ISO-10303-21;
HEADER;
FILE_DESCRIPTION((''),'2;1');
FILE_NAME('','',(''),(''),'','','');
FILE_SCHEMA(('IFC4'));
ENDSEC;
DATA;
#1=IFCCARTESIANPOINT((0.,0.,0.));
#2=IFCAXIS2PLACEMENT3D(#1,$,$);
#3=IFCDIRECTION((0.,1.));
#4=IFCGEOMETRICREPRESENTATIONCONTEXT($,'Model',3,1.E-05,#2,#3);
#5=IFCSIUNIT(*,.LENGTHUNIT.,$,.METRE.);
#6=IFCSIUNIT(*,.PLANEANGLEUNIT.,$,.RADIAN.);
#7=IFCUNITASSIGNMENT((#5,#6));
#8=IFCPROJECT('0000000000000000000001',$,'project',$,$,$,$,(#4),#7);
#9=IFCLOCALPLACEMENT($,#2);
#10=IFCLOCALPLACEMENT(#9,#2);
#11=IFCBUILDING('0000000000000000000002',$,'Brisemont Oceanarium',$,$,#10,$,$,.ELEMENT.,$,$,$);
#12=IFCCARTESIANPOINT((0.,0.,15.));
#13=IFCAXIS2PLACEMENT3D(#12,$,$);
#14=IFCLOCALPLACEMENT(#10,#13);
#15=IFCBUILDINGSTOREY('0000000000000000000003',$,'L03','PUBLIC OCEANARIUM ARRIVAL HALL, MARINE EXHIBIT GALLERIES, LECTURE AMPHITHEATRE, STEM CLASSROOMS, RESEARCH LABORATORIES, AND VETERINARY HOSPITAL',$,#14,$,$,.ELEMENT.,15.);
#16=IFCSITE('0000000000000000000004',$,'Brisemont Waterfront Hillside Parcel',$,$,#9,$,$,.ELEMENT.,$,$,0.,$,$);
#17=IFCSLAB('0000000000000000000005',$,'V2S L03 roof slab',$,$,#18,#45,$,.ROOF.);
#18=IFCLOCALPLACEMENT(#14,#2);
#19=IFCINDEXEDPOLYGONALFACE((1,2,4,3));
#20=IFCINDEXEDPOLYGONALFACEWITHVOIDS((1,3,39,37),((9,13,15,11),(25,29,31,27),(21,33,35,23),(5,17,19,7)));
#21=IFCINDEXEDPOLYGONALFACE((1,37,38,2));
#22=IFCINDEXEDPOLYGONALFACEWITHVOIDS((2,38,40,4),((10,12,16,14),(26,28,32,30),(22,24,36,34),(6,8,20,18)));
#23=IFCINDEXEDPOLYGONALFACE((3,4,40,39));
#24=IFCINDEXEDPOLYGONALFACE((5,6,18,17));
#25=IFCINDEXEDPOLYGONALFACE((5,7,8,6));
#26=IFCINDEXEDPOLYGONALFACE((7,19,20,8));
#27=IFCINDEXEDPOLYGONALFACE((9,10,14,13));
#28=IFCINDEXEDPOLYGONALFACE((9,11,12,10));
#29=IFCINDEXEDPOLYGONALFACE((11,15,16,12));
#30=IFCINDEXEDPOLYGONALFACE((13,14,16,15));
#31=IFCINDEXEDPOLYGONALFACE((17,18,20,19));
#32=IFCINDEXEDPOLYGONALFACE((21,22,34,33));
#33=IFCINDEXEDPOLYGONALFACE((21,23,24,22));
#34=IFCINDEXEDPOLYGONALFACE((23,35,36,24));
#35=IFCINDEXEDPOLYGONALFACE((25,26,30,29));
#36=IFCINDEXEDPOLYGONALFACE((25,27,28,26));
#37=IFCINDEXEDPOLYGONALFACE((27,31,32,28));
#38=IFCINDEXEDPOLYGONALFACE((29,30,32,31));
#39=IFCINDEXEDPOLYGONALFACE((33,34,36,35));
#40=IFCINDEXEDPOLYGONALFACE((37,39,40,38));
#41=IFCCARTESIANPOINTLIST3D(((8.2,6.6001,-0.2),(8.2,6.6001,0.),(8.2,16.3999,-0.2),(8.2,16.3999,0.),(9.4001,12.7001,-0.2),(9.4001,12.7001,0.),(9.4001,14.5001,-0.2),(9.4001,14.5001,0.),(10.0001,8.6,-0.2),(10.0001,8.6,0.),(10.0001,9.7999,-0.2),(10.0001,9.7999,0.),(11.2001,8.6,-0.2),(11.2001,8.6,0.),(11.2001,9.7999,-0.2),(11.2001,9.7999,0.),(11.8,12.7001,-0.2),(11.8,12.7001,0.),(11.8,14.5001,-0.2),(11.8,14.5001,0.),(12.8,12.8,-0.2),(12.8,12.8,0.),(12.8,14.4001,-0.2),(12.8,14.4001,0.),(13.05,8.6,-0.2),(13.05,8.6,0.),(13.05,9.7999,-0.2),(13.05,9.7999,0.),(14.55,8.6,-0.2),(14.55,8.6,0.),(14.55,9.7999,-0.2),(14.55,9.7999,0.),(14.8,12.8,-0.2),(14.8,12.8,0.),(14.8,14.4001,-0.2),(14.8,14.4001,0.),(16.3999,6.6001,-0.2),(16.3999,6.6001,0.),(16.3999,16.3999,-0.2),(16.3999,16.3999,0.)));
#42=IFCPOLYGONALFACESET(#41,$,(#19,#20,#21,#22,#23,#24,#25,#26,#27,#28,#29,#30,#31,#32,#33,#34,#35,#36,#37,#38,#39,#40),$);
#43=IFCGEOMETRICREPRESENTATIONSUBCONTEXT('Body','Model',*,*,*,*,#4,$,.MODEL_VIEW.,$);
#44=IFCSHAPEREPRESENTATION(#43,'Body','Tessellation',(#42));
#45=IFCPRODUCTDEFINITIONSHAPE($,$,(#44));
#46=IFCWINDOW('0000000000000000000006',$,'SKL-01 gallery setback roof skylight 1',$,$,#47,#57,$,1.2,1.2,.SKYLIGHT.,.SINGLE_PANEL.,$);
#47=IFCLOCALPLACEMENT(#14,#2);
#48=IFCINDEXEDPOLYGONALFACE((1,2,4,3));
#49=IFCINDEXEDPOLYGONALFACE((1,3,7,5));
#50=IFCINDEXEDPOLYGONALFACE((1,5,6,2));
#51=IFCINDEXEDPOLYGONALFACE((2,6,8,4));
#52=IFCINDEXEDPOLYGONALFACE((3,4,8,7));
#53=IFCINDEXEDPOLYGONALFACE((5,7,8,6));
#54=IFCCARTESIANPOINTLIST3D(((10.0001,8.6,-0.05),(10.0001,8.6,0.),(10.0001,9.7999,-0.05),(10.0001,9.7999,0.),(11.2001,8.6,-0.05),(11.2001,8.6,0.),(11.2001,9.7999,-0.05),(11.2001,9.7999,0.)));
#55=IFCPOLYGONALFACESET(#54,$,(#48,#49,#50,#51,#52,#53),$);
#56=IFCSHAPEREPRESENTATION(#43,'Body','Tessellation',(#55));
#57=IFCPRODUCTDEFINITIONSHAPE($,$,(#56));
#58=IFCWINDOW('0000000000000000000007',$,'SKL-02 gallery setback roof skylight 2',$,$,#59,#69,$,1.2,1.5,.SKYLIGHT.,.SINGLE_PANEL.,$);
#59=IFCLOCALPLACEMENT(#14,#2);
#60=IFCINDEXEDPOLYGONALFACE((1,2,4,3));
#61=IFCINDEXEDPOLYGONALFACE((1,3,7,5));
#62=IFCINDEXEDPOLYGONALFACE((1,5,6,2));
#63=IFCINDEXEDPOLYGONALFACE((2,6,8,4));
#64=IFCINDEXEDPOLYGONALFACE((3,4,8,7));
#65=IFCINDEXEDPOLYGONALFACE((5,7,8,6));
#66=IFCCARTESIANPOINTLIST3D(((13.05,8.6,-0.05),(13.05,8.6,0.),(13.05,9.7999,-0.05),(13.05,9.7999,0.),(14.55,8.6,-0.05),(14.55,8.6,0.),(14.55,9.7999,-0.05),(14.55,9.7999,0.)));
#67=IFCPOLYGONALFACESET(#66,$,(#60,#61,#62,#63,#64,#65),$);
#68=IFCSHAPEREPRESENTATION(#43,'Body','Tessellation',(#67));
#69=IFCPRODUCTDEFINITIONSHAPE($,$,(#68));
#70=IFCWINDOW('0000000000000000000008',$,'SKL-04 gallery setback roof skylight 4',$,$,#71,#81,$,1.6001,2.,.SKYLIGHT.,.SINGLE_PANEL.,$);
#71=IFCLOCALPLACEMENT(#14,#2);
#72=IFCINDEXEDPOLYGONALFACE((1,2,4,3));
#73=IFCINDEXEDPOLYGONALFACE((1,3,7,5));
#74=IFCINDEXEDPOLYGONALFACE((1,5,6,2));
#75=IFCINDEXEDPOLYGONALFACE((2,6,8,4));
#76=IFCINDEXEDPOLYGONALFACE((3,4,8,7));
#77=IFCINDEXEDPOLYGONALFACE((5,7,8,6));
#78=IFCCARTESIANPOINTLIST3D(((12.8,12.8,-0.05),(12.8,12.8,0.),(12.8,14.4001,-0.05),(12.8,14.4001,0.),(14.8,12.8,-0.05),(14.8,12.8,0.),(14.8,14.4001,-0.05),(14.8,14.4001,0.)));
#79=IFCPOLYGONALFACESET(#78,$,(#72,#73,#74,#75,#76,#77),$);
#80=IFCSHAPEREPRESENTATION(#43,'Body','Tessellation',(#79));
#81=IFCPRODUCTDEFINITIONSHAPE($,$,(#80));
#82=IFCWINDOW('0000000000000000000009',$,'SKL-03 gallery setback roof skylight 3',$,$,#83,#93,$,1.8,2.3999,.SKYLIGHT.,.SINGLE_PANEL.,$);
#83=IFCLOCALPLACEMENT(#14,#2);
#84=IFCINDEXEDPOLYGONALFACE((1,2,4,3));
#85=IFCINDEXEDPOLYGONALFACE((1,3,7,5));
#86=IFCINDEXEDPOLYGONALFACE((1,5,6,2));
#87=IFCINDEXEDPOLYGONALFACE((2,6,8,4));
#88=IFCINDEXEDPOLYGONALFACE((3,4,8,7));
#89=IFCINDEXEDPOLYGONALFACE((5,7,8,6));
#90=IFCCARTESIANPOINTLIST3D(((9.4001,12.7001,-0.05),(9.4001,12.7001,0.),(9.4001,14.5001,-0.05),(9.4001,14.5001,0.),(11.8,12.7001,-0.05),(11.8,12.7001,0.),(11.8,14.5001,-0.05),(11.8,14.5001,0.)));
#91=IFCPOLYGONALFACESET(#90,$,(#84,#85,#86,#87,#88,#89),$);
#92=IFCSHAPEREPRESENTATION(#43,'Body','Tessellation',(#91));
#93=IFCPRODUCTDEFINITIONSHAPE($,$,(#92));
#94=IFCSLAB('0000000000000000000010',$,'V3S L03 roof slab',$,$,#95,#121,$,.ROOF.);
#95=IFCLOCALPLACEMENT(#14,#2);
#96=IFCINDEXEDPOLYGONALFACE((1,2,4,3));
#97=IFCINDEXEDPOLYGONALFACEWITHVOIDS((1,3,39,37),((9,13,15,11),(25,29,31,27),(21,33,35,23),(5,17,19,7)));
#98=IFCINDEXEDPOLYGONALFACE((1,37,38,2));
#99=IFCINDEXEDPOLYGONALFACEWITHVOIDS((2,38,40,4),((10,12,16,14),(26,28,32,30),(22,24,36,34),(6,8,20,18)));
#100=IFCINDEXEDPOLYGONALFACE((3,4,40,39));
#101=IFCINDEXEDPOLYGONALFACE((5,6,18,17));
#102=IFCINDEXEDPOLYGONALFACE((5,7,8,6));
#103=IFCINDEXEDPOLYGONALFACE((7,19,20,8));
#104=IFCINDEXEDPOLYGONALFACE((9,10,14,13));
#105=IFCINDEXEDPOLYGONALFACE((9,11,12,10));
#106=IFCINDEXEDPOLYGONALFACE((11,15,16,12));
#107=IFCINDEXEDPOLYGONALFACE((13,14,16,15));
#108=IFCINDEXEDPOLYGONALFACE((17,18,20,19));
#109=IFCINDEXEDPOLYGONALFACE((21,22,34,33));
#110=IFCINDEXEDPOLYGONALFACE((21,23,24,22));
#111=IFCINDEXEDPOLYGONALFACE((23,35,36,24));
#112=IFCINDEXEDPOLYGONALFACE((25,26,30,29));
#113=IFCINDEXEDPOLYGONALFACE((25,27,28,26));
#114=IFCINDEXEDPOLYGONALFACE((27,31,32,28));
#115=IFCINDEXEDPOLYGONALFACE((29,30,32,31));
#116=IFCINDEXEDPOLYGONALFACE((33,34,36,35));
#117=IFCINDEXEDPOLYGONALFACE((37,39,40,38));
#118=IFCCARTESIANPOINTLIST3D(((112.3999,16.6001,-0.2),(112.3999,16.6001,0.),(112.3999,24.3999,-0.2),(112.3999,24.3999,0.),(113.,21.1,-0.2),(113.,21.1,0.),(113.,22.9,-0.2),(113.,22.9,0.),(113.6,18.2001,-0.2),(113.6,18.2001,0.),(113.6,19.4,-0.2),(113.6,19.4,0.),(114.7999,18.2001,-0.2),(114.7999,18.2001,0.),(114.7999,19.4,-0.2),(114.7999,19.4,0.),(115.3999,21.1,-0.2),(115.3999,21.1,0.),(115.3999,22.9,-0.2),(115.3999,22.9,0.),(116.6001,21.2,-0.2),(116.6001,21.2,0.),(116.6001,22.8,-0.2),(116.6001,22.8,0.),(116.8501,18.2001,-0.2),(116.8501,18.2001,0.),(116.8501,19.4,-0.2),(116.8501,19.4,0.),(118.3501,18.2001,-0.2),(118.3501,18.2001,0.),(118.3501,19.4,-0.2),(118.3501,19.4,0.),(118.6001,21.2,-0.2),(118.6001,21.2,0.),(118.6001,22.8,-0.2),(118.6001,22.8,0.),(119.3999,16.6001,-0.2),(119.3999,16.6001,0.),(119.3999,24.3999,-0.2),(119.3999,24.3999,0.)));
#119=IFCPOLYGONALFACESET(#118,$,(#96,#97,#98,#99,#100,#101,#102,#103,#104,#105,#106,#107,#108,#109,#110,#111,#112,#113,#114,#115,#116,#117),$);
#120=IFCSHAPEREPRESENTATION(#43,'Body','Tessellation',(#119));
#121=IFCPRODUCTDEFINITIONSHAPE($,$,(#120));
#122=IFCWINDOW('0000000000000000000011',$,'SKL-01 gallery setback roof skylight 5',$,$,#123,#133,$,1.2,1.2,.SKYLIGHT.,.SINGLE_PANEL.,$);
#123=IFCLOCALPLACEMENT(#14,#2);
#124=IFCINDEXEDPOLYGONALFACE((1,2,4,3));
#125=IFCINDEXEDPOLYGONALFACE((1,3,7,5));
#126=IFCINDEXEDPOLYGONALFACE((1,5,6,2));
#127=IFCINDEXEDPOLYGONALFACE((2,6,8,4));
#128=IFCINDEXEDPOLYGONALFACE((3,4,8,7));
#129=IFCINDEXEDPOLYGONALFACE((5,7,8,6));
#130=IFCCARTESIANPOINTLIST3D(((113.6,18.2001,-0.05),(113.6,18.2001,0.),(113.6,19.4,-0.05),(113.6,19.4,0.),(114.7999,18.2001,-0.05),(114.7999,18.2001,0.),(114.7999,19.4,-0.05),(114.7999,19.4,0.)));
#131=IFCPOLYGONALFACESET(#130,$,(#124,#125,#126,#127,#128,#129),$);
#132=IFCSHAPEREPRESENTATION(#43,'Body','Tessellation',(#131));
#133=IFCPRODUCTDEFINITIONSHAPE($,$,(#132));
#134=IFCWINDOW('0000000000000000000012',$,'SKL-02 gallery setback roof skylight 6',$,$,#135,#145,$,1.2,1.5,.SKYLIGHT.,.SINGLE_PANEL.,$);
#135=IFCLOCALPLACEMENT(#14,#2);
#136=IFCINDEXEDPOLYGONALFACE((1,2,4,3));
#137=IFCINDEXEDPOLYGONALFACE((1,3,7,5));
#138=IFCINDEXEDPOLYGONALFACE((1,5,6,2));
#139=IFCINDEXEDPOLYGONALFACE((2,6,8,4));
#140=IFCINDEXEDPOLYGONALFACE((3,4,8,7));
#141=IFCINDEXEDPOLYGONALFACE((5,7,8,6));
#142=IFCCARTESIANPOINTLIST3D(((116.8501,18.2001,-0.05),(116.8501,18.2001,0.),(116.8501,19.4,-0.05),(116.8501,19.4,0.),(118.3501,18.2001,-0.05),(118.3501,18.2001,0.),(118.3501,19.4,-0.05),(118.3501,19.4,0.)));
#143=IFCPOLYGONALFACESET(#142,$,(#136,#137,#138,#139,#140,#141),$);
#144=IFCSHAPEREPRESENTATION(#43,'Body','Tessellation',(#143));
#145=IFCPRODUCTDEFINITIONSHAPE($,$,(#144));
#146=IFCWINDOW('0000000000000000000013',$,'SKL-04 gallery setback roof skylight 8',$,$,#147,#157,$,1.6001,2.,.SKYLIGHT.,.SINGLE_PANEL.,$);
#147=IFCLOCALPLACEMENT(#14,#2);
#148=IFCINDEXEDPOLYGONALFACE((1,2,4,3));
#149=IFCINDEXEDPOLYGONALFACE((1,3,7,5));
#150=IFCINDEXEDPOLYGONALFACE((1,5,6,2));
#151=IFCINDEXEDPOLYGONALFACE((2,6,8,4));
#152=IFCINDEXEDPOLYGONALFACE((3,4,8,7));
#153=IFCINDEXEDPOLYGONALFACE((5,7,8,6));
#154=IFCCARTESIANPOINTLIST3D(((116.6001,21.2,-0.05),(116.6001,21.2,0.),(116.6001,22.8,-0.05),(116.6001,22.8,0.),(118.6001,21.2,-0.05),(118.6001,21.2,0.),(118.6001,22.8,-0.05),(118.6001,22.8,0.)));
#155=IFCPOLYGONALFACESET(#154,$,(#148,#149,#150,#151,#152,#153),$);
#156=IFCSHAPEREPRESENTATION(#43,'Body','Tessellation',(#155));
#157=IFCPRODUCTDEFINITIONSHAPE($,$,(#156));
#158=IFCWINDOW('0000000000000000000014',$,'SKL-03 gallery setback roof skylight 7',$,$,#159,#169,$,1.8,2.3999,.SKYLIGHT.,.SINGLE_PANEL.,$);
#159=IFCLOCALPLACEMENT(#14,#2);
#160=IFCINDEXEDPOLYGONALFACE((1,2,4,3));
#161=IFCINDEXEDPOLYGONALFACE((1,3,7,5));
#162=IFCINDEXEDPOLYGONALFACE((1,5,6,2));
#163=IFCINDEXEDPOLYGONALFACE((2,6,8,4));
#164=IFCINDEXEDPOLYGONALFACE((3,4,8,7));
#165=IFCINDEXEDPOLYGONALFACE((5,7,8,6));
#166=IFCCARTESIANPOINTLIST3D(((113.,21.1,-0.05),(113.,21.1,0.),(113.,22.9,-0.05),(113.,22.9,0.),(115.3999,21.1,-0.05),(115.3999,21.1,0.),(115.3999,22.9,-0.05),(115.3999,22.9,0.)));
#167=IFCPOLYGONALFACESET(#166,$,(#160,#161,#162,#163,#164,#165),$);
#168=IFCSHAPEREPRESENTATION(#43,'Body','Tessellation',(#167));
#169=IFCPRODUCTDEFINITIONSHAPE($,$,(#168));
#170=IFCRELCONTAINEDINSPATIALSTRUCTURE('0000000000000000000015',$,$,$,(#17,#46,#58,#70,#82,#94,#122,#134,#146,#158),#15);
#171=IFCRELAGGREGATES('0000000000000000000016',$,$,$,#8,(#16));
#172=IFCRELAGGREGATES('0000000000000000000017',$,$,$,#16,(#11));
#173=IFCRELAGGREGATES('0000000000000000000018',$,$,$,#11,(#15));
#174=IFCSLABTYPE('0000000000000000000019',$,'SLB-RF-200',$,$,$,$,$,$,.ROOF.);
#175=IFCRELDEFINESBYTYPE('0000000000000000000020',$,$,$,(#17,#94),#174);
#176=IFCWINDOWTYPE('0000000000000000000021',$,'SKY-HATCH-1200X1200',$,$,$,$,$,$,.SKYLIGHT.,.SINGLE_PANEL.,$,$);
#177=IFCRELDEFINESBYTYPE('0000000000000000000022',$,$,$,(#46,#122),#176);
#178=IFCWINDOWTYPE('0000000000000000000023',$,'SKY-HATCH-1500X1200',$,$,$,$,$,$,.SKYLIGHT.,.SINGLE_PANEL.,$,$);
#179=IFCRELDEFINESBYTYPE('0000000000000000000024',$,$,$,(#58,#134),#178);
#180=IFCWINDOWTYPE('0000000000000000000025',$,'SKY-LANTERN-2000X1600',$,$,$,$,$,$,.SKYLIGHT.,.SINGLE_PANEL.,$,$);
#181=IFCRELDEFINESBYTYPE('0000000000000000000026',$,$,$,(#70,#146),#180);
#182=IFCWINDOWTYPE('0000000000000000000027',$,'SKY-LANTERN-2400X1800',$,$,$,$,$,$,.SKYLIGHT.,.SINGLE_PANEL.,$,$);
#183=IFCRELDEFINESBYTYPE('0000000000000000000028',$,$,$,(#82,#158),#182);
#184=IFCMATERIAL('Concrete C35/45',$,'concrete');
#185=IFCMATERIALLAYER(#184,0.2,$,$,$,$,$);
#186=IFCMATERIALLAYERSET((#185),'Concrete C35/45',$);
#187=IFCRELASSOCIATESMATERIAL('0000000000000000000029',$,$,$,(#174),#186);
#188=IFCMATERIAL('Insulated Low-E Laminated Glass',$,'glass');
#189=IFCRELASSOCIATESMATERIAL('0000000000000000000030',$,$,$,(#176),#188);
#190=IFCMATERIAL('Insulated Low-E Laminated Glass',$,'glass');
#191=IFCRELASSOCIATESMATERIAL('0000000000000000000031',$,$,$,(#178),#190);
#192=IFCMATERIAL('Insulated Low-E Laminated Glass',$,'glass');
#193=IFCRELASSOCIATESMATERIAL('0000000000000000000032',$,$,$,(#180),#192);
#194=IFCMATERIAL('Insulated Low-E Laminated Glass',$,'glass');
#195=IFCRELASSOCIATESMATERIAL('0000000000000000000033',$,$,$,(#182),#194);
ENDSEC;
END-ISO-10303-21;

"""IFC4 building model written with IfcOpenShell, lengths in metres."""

from ifc_helpers import new_model, si_unit, direction, frame, origin, origin_2d, place, context, subcontext, project, spatial, polyline, rectangle, outline, extrude, material, layer, layer_set, type_object, element, fill, save


model = new_model("IFC4")

# Units and contexts
model_context = context("Model", 3, precision=1e-05, world=origin(), true_north=direction((0.0, 1.0)))
body_context = subcontext(model_context, "Body", "Model", "MODEL_VIEW")
ifc_project = project(units=[si_unit("LENGTHUNIT", "METRE"), si_unit("PLANEANGLEUNIT", "RADIAN")], contexts=[model_context])

# Site, building, storey
site_placement = place(None, origin())
site = spatial("IfcSite", under=ifc_project, at=site_placement, Name="Brisemont Waterfront Hillside Parcel", CompositionType="ELEMENT", RefElevation=0.0)
building_placement = place(site_placement, origin())
building = spatial("IfcBuilding", under=site, at=building_placement, Name="Brisemont Oceanarium", CompositionType="ELEMENT")
storey_placement = place(building_placement, frame((0.0, 0.0, 15.0)))
storey = spatial("IfcBuildingStorey", under=building, at=storey_placement, Name="L03", Description="PUBLIC OCEANARIUM ARRIVAL HALL, MARINE EXHIBIT GALLERIES, LECTURE AMPHITHEATRE, STEM CLASSROOMS, RESEARCH LABORATORIES, AND VETERINARY HOSPITAL", CompositionType="ELEMENT", Elevation=15.0)

# Slabs, openings, windows
ifc_material_1 = material(Name="Concrete C35/45", Category="concrete")
ifc_layer_1 = layer(ifc_material_1, 0.2)
ifc_layer_set_1 = layer_set([ifc_layer_1], Name="Concrete C35/45")
slab_type_1 = type_object("IfcSlabType", Name="SLB-RF-200", PredefinedType="ROOF", material=ifc_layer_set_1)
slab_1_placement = place(storey_placement, frame((0.0, 0.0, -0.2)))
slab_1 = element("IfcSlab", 1, at=slab_1_placement, inside=storey, type_object=slab_type_1, Name="V2S L03 roof slab", PredefinedType="ROOF", context=body_context, shape_type="SweptSolid", body=[
    extrude(outline(polyline([(8.2, 6.6001), (16.3999, 6.6001), (16.3999, 16.3999), (8.2, 16.3999), (8.2, 6.6001)])), origin(), (0.0, 0.0, 1.0), 0.2),
])
opening_1_placement = place(slab_1_placement, frame((10.6001, 9.2, 0.0)))
opening_1 = element("IfcOpeningElement", 2, at=opening_1_placement, cuts=slab_1, PredefinedType="OPENING", context=body_context, shape_type="SweptSolid", body=[
    extrude(rectangle(XDim=1.2, YDim=1.2, at=origin_2d()), origin(), (0.0, 0.0, 1.0), 0.2),
])
opening_2_placement = place(slab_1_placement, frame((13.8, 9.2, 0.0)))
opening_2 = element("IfcOpeningElement", 3, at=opening_2_placement, cuts=slab_1, PredefinedType="OPENING", context=body_context, shape_type="SweptSolid", body=[
    extrude(rectangle(XDim=1.5, YDim=1.2, at=origin_2d()), origin(), (0.0, 0.0, 1.0), 0.2),
])
opening_3_placement = place(slab_1_placement, frame((10.6001, 13.6001, 0.0)))
opening_3 = element("IfcOpeningElement", 4, at=opening_3_placement, cuts=slab_1, PredefinedType="OPENING", context=body_context, shape_type="SweptSolid", body=[
    extrude(rectangle(XDim=2.3999, YDim=1.8, at=origin_2d()), origin(), (0.0, 0.0, 1.0), 0.2),
])
opening_4_placement = place(slab_1_placement, frame((13.8, 13.6001, 0.0)))
opening_4 = element("IfcOpeningElement", 5, at=opening_4_placement, cuts=slab_1, PredefinedType="OPENING", context=body_context, shape_type="SweptSolid", body=[
    extrude(rectangle(XDim=2.0, YDim=1.6001, at=origin_2d()), origin(), (0.0, 0.0, 1.0), 0.2),
])
ifc_material_2 = material(Name="Insulated Low-E Laminated Glass", Category="glass")
window_type_1 = type_object("IfcWindowType", Name="SKY-HATCH-1200X1200", PartitioningType="SINGLE_PANEL", PredefinedType="SKYLIGHT", material=ifc_material_2)
window_1_placement = place(opening_1_placement, frame((0.0, 0.0, 0.1499)))
window_1 = element("IfcWindow", 6, at=window_1_placement, inside=storey, type_object=window_type_1, Name="SKL-01 gallery setback roof skylight 1", OverallHeight=1.2, OverallWidth=1.2, PartitioningType="SINGLE_PANEL", PredefinedType="SKYLIGHT", context=body_context, shape_type="SweptSolid", body=[
    extrude(rectangle(XDim=1.2, YDim=1.2, at=origin_2d()), origin(), (0.0, 0.0, 1.0), 0.05),
])
fill(opening_1, window_1)
ifc_material_3 = material(Name="Insulated Low-E Laminated Glass", Category="glass")
window_type_2 = type_object("IfcWindowType", Name="SKY-HATCH-1500X1200", PartitioningType="SINGLE_PANEL", PredefinedType="SKYLIGHT", material=ifc_material_3)
window_2_placement = place(opening_2_placement, frame((0.0, 0.0, 0.1499)))
window_2 = element("IfcWindow", 7, at=window_2_placement, inside=storey, type_object=window_type_2, Name="SKL-02 gallery setback roof skylight 2", OverallHeight=1.2, OverallWidth=1.5, PartitioningType="SINGLE_PANEL", PredefinedType="SKYLIGHT", context=body_context, shape_type="SweptSolid", body=[
    extrude(rectangle(XDim=1.5, YDim=1.2, at=origin_2d()), origin(), (0.0, 0.0, 1.0), 0.05),
])
fill(opening_2, window_2)
ifc_material_4 = material(Name="Insulated Low-E Laminated Glass", Category="glass")
window_type_3 = type_object("IfcWindowType", Name="SKY-LANTERN-2000X1600", PartitioningType="SINGLE_PANEL", PredefinedType="SKYLIGHT", material=ifc_material_4)
window_3_placement = place(opening_4_placement, frame((0.0, 0.0, 0.1499)))
window_3 = element("IfcWindow", 8, at=window_3_placement, inside=storey, type_object=window_type_3, Name="SKL-04 gallery setback roof skylight 4", OverallHeight=1.6001, OverallWidth=2.0, PartitioningType="SINGLE_PANEL", PredefinedType="SKYLIGHT", context=body_context, shape_type="SweptSolid", body=[
    extrude(rectangle(XDim=2.0, YDim=1.6001, at=origin_2d()), origin(), (0.0, 0.0, 1.0), 0.05),
])
fill(opening_4, window_3)
ifc_material_5 = material(Name="Insulated Low-E Laminated Glass", Category="glass")
window_type_4 = type_object("IfcWindowType", Name="SKY-LANTERN-2400X1800", PartitioningType="SINGLE_PANEL", PredefinedType="SKYLIGHT", material=ifc_material_5)
window_4_placement = place(opening_3_placement, frame((0.0, 0.0, 0.1499)))
window_4 = element("IfcWindow", 9, at=window_4_placement, inside=storey, type_object=window_type_4, Name="SKL-03 gallery setback roof skylight 3", OverallHeight=1.8, OverallWidth=2.3999, PartitioningType="SINGLE_PANEL", PredefinedType="SKYLIGHT", context=body_context, shape_type="SweptSolid", body=[
    extrude(rectangle(XDim=2.3999, YDim=1.8, at=origin_2d()), origin(), (0.0, 0.0, 1.0), 0.05),
])
fill(opening_3, window_4)
slab_2_placement = place(storey_placement, frame((0.0, 0.0, -0.2)))
slab_2 = element("IfcSlab", 10, at=slab_2_placement, inside=storey, type_object=slab_type_1, Name="V3S L03 roof slab", PredefinedType="ROOF", context=body_context, shape_type="SweptSolid", body=[
    extrude(outline(polyline([(112.3999, 16.6001), (119.3999, 16.6001), (119.3999, 24.3999), (112.3999, 24.3999), (112.3999, 16.6001)])), origin(), (0.0, 0.0, 1.0), 0.2),
])
opening_5_placement = place(slab_2_placement, frame((114.2, 18.8, 0.0)))
opening_5 = element("IfcOpeningElement", 11, at=opening_5_placement, cuts=slab_2, PredefinedType="OPENING", context=body_context, shape_type="SweptSolid", body=[
    extrude(rectangle(XDim=1.2, YDim=1.2, at=origin_2d()), origin(), (0.0, 0.0, 1.0), 0.2),
])
opening_6_placement = place(slab_2_placement, frame((117.6001, 18.8, 0.0)))
opening_6 = element("IfcOpeningElement", 12, at=opening_6_placement, cuts=slab_2, PredefinedType="OPENING", context=body_context, shape_type="SweptSolid", body=[
    extrude(rectangle(XDim=1.5, YDim=1.2, at=origin_2d()), origin(), (0.0, 0.0, 1.0), 0.2),
])
opening_7_placement = place(slab_2_placement, frame((114.2, 22.0, 0.0)))
opening_7 = element("IfcOpeningElement", 13, at=opening_7_placement, cuts=slab_2, PredefinedType="OPENING", context=body_context, shape_type="SweptSolid", body=[
    extrude(rectangle(XDim=2.3999, YDim=1.8, at=origin_2d()), origin(), (0.0, 0.0, 1.0), 0.2),
])
opening_8_placement = place(slab_2_placement, frame((117.6001, 22.0, 0.0)))
opening_8 = element("IfcOpeningElement", 14, at=opening_8_placement, cuts=slab_2, PredefinedType="OPENING", context=body_context, shape_type="SweptSolid", body=[
    extrude(rectangle(XDim=2.0, YDim=1.6001, at=origin_2d()), origin(), (0.0, 0.0, 1.0), 0.2),
])
window_5_placement = place(opening_5_placement, frame((0.0, 0.0, 0.1499)))
window_5 = element("IfcWindow", 15, at=window_5_placement, inside=storey, type_object=window_type_1, Name="SKL-01 gallery setback roof skylight 5", OverallHeight=1.2, OverallWidth=1.2, PartitioningType="SINGLE_PANEL", PredefinedType="SKYLIGHT", context=body_context, shape_type="SweptSolid", body=[
    extrude(rectangle(XDim=1.2, YDim=1.2, at=origin_2d()), origin(), (0.0, 0.0, 1.0), 0.05),
])
fill(opening_5, window_5)
window_6_placement = place(opening_6_placement, frame((0.0, 0.0, 0.1499)))
window_6 = element("IfcWindow", 16, at=window_6_placement, inside=storey, type_object=window_type_2, Name="SKL-02 gallery setback roof skylight 6", OverallHeight=1.2, OverallWidth=1.5, PartitioningType="SINGLE_PANEL", PredefinedType="SKYLIGHT", context=body_context, shape_type="SweptSolid", body=[
    extrude(rectangle(XDim=1.5, YDim=1.2, at=origin_2d()), origin(), (0.0, 0.0, 1.0), 0.05),
])
fill(opening_6, window_6)
window_7_placement = place(opening_8_placement, frame((0.0, 0.0, 0.1499)))
window_7 = element("IfcWindow", 17, at=window_7_placement, inside=storey, type_object=window_type_3, Name="SKL-04 gallery setback roof skylight 8", OverallHeight=1.6001, OverallWidth=2.0, PartitioningType="SINGLE_PANEL", PredefinedType="SKYLIGHT", context=body_context, shape_type="SweptSolid", body=[
    extrude(rectangle(XDim=2.0, YDim=1.6001, at=origin_2d()), origin(), (0.0, 0.0, 1.0), 0.05),
])
fill(opening_8, window_7)
window_8_placement = place(opening_7_placement, frame((0.0, 0.0, 0.1499)))
window_8 = element("IfcWindow", 18, at=window_8_placement, inside=storey, type_object=window_type_4, Name="SKL-03 gallery setback roof skylight 7", OverallHeight=1.8, OverallWidth=2.3999, PartitioningType="SINGLE_PANEL", PredefinedType="SKYLIGHT", context=body_context, shape_type="SweptSolid", body=[
    extrude(rectangle(XDim=2.3999, YDim=1.8, at=origin_2d()), origin(), (0.0, 0.0, 1.0), 0.05),
])
fill(opening_7, window_8)

save(model, "model.ifc")
